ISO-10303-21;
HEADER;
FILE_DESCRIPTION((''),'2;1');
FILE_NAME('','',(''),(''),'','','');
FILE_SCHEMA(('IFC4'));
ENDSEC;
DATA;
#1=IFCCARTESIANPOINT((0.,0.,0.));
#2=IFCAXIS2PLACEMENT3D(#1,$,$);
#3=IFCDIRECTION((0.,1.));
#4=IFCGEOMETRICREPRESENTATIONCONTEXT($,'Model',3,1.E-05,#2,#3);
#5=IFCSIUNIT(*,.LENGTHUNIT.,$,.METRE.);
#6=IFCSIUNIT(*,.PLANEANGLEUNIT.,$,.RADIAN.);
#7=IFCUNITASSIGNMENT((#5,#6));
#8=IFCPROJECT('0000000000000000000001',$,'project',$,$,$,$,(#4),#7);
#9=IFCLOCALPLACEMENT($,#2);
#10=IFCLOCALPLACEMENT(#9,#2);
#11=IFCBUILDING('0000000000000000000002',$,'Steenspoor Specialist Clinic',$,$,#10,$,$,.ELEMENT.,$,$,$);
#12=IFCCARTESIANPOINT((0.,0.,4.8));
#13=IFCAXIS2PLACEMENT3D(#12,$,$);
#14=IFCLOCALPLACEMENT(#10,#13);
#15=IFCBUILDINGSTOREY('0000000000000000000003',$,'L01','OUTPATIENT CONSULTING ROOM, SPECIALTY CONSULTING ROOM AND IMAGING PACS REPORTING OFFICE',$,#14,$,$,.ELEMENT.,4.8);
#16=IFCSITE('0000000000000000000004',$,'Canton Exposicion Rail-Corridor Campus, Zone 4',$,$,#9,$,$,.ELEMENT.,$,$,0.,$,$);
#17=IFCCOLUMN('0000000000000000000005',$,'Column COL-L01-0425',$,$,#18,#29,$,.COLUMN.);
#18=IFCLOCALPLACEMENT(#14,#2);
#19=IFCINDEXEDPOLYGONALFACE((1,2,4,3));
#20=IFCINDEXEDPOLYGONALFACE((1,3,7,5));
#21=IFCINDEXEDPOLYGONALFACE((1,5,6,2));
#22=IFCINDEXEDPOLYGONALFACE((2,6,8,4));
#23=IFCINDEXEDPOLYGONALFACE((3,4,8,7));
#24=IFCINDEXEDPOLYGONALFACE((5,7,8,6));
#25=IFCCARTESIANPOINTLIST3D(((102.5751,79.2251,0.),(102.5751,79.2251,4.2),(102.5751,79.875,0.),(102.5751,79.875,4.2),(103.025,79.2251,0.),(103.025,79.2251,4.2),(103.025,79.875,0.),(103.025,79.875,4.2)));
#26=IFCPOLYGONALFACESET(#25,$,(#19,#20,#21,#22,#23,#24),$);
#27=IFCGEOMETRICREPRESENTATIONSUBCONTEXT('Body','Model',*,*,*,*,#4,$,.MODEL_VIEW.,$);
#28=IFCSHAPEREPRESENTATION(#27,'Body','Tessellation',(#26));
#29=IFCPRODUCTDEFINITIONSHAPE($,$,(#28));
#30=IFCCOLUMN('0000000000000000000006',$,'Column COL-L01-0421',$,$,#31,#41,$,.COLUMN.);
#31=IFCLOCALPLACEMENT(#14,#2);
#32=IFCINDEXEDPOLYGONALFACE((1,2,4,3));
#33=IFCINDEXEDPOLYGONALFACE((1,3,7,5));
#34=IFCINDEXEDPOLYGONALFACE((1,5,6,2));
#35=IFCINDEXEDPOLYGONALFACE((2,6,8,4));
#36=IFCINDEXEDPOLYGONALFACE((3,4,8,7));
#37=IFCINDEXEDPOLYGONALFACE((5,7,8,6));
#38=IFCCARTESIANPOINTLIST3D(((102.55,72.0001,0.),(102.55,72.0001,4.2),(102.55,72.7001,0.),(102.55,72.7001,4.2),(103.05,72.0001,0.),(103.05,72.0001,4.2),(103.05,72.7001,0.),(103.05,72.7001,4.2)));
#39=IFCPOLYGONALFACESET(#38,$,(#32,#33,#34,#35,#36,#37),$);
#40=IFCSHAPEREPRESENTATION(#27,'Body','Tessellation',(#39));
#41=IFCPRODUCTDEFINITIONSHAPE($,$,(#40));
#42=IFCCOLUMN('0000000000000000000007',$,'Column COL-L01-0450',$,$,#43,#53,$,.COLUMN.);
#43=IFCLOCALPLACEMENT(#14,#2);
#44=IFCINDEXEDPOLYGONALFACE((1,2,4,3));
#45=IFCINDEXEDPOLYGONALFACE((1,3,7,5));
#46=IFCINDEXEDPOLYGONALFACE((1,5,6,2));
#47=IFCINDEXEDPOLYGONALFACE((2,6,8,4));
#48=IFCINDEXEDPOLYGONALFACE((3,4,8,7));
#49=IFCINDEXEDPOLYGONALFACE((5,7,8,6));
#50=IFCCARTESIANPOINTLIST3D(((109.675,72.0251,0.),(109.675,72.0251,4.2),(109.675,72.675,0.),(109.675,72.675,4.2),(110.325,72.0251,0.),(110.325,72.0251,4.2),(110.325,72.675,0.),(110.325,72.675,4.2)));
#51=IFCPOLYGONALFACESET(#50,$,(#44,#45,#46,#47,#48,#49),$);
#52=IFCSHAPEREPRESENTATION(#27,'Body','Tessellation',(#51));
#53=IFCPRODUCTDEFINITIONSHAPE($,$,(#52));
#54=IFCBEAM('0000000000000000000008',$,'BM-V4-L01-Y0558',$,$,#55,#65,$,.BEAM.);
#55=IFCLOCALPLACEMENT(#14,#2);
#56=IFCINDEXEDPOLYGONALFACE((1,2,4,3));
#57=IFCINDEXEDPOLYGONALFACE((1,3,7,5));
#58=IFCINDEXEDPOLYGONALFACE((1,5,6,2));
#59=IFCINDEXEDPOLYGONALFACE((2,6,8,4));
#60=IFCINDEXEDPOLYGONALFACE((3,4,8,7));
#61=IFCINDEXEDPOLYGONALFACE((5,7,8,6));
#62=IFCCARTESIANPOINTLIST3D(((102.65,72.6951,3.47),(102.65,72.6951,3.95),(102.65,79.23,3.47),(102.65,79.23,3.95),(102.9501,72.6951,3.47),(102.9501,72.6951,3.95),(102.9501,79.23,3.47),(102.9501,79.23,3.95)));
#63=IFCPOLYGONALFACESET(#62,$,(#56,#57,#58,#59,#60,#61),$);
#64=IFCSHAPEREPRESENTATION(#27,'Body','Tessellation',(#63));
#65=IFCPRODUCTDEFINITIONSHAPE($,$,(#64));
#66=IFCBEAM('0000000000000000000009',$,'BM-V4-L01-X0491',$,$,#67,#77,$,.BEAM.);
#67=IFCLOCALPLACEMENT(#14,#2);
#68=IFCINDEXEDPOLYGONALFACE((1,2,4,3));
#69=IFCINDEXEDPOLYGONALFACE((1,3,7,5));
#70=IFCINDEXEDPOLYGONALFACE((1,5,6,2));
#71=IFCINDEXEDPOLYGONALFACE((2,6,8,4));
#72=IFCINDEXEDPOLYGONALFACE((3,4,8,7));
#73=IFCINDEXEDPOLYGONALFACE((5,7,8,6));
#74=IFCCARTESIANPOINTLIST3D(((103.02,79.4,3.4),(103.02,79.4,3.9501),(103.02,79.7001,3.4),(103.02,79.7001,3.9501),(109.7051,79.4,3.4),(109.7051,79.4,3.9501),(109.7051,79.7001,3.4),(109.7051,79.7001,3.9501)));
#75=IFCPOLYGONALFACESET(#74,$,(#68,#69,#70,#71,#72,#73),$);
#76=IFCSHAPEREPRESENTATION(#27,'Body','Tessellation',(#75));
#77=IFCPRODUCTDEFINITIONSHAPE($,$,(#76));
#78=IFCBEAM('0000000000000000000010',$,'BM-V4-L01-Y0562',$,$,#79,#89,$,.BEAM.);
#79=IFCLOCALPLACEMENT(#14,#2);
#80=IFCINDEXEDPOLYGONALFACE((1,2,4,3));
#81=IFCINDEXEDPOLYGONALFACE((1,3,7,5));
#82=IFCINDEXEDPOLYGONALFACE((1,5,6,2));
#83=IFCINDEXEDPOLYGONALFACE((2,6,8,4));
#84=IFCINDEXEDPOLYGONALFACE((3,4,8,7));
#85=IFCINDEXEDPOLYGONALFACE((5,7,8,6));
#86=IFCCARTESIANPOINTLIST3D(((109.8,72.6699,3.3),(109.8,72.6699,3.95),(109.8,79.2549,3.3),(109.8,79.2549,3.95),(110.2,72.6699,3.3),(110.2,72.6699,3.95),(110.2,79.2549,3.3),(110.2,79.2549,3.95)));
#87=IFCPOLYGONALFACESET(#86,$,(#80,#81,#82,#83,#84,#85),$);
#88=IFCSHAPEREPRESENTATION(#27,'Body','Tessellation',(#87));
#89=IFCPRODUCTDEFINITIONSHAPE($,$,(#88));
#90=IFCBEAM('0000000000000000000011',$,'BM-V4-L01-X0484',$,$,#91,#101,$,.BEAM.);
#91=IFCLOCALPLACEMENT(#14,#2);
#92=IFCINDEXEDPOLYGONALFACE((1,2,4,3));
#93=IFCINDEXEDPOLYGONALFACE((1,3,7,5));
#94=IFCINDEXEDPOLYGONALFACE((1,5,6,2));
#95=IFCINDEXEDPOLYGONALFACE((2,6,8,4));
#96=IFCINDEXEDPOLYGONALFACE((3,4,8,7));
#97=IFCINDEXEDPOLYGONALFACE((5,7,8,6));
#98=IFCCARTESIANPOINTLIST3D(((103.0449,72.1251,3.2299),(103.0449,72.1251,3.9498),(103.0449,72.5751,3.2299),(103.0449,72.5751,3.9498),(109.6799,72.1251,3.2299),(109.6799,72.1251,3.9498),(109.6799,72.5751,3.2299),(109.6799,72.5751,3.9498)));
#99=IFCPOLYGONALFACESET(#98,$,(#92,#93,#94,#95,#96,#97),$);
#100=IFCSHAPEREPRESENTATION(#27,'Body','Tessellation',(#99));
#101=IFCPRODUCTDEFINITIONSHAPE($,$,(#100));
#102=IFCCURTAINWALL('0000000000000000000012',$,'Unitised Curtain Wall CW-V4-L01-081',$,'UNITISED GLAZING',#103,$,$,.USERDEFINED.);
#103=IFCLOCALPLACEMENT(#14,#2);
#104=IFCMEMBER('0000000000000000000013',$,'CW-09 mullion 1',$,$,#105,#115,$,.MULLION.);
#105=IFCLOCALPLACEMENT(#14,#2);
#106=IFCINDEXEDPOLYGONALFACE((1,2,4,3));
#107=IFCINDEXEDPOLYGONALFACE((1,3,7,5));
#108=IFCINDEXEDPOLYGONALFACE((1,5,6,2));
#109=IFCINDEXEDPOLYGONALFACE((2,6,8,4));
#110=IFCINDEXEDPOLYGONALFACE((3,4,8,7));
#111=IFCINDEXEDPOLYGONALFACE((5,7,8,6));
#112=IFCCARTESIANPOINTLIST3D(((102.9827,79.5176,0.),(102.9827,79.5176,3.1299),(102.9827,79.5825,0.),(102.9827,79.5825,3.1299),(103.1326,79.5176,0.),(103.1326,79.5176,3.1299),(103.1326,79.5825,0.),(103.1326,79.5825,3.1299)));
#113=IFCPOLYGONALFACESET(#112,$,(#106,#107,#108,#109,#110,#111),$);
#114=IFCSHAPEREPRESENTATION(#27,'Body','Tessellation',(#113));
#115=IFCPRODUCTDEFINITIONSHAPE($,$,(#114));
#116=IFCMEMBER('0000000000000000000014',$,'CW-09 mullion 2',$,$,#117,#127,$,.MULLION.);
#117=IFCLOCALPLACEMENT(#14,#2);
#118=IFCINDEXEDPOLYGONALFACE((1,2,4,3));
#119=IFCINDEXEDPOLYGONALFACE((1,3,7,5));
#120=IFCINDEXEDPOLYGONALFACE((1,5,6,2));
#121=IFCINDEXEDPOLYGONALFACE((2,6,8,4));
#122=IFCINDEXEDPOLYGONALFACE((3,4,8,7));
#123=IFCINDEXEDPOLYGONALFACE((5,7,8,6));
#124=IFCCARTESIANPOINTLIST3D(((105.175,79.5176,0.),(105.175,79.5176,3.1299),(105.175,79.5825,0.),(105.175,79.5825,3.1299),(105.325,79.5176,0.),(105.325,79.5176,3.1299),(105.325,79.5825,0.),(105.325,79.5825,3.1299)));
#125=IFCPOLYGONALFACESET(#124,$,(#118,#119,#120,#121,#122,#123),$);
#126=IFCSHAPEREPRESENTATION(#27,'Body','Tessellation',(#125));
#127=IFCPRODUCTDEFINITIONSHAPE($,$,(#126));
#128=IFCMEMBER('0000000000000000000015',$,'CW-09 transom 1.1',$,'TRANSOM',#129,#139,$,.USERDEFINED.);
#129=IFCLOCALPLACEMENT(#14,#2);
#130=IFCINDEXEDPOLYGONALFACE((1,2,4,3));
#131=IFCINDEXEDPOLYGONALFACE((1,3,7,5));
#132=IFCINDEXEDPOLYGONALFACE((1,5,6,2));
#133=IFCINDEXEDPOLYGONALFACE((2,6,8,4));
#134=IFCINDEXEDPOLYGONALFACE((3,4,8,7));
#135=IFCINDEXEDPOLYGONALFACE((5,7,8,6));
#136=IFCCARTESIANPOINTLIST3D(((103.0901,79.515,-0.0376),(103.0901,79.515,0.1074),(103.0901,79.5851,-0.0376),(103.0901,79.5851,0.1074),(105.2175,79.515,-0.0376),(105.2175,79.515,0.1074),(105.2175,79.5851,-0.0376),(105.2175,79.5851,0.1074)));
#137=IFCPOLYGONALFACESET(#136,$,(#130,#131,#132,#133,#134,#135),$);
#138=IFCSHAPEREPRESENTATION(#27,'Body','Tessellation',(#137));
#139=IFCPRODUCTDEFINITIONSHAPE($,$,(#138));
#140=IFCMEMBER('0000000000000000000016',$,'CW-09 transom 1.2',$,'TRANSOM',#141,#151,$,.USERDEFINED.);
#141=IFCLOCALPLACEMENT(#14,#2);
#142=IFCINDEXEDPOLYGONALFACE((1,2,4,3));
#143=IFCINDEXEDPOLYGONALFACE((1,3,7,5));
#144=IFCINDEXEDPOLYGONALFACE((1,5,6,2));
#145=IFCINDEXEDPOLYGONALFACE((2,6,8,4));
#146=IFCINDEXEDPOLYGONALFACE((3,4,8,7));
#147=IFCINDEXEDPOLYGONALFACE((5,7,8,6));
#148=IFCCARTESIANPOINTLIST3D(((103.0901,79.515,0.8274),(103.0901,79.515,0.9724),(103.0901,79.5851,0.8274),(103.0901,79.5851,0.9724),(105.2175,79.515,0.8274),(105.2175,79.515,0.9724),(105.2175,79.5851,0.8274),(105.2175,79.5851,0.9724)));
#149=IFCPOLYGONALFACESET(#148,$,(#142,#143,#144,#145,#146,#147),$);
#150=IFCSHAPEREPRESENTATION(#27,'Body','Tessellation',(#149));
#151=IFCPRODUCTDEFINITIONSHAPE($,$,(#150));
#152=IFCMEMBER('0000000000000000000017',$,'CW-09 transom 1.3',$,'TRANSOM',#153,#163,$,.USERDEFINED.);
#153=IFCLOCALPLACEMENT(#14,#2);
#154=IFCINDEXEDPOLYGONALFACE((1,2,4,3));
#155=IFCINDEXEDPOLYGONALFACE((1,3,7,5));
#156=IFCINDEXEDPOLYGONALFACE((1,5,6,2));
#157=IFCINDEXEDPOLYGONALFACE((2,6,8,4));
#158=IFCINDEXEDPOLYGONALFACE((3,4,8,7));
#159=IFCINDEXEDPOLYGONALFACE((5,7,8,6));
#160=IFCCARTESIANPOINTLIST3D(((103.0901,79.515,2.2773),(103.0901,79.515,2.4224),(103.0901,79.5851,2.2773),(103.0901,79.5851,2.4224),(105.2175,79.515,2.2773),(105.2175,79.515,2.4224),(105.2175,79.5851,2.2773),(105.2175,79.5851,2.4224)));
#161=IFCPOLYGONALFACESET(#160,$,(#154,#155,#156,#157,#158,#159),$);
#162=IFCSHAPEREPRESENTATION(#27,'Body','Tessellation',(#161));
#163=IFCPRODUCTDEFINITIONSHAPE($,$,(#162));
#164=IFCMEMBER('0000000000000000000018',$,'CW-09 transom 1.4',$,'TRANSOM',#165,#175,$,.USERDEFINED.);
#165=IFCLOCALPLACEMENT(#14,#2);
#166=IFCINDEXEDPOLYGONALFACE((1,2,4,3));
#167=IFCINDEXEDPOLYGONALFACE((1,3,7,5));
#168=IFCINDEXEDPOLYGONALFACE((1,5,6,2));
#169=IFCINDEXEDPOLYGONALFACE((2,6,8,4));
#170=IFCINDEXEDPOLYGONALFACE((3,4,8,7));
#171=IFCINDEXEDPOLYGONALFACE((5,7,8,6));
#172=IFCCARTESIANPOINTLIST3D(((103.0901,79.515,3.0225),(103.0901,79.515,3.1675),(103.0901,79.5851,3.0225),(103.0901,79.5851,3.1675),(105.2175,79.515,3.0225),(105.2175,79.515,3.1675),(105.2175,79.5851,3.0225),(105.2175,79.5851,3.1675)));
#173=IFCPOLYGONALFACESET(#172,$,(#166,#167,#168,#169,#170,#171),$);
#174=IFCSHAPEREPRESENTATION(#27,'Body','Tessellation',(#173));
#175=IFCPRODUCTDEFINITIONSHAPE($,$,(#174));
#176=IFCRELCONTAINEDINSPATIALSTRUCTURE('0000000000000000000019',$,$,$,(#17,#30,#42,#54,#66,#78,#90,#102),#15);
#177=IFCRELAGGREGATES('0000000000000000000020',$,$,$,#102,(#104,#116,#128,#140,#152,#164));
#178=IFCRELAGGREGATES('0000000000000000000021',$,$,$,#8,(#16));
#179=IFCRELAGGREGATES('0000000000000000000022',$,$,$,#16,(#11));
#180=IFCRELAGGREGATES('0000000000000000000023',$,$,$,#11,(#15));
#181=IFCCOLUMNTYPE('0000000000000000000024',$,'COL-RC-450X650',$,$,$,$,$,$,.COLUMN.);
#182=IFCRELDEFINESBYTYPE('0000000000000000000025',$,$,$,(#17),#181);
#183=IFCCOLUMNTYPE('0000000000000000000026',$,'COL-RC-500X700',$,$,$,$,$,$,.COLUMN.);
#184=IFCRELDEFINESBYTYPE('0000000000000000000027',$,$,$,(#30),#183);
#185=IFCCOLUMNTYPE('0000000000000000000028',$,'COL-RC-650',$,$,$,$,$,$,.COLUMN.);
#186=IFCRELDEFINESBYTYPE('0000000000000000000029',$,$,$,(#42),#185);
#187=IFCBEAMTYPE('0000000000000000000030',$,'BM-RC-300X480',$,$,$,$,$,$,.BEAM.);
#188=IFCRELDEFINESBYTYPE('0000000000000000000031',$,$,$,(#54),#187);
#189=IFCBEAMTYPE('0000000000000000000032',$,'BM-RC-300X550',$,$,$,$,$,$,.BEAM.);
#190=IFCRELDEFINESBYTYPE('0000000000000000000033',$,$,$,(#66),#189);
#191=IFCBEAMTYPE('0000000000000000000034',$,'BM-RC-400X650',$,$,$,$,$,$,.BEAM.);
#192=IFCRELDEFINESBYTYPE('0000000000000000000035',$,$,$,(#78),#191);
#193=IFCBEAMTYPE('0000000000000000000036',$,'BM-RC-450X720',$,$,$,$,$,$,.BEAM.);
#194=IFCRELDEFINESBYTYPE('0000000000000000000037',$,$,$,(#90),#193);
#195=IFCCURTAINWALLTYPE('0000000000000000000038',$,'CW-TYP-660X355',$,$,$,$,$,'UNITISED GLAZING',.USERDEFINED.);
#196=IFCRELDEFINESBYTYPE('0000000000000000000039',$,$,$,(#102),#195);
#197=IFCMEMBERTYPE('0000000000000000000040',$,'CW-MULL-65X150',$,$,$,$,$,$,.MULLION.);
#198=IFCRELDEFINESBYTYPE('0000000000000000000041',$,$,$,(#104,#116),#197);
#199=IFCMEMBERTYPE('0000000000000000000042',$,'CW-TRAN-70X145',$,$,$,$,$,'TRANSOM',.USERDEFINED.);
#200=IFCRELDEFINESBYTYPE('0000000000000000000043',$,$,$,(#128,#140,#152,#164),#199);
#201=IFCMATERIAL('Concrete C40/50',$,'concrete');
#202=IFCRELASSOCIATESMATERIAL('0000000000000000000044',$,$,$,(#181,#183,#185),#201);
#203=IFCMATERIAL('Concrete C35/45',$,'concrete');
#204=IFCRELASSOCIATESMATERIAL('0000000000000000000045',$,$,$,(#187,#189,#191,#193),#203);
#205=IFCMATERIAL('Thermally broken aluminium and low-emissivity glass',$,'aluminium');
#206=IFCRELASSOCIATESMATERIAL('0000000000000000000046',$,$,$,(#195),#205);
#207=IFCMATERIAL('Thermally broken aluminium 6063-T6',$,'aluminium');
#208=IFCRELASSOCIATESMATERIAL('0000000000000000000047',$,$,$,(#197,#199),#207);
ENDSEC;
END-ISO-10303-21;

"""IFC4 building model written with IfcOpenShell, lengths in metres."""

from ifc_helpers import new_model, si_unit, direction, frame, origin, origin_2d, place, context, subcontext, project, spatial, rectangle, extrude, material, material_profile, profile_set, type_object, element, aggregate, save


model = new_model("IFC4")

# Units and contexts
model_context = context("Model", 3, precision=1e-05, world=origin(), true_north=direction((0.0, 1.0)))
body_context = subcontext(model_context, "Body", "Model", "MODEL_VIEW")
ifc_project = project(units=[si_unit("LENGTHUNIT", "METRE"), si_unit("PLANEANGLEUNIT", "RADIAN")], contexts=[model_context])

# Site, building, storey
site_placement = place(None, origin())
site = spatial("IfcSite", under=ifc_project, at=site_placement, Name="Canton Exposicion Rail-Corridor Campus, Zone 4", CompositionType="ELEMENT", RefElevation=0.0)
building_placement = place(site_placement, origin())
building = spatial("IfcBuilding", under=site, at=building_placement, Name="Steenspoor Specialist Clinic", CompositionType="ELEMENT")
storey_placement = place(building_placement, frame((0.0, 0.0, 4.8)))
storey = spatial("IfcBuildingStorey", under=building, at=storey_placement, Name="L01", Description="OUTPATIENT CONSULTING ROOM, SPECIALTY CONSULTING ROOM AND IMAGING PACS REPORTING OFFICE", CompositionType="ELEMENT", Elevation=4.8)

# Columns
ifc_material_1 = material(Name="Concrete C40/50", Category="concrete")
ifc_material_profile_1 = material_profile(ifc_material_1, rectangle(XDim=0.45, YDim=0.6499, at=origin_2d()), Name="RC-COL-450X650")
ifc_profile_set_1 = profile_set([ifc_material_profile_1], Name="Concrete C40/50")
column_type_1 = type_object("IfcColumnType", Name="COL-RC-450X650", PredefinedType="COLUMN", material=ifc_profile_set_1)
column_1_placement = place(storey_placement, frame((102.8, 79.55, 0.0), z_axis=(0.0, 0.0, 1.0), x_axis=(1.0, 0.0, 0.0)))
element("IfcColumn", 1, at=column_1_placement, inside=storey, type_object=column_type_1, Name="Column COL-L01-0425", PredefinedType="COLUMN", context=body_context, shape_type="SweptSolid", body=[
    extrude(rectangle(XDim=0.45, YDim=0.6499, at=origin_2d()), origin(), (0.0, 0.0, 1.0), 4.2),
])
ifc_material_profile_2 = material_profile(ifc_material_1, rectangle(XDim=0.5, YDim=0.7, at=origin_2d()), Name="RC-COL-500X700")
ifc_profile_set_2 = profile_set([ifc_material_profile_2], Name="Concrete C40/50")
column_type_2 = type_object("IfcColumnType", Name="COL-RC-500X700", PredefinedType="COLUMN", material=ifc_profile_set_2)
column_2_placement = place(storey_placement, frame((102.8, 72.3501, 0.0), z_axis=(0.0, 0.0, 1.0), x_axis=(1.0, 0.0, 0.0)))
element("IfcColumn", 2, at=column_2_placement, inside=storey, type_object=column_type_2, Name="Column COL-L01-0421", PredefinedType="COLUMN", context=body_context, shape_type="SweptSolid", body=[
    extrude(rectangle(XDim=0.5, YDim=0.7, at=origin_2d()), origin(), (0.0, 0.0, 1.0), 4.2),
])
ifc_material_profile_3 = material_profile(ifc_material_1, rectangle(XDim=0.6499, YDim=0.6499, at=origin_2d()), Name="RC-COL-650X650")
ifc_profile_set_3 = profile_set([ifc_material_profile_3], Name="Concrete C40/50")
column_type_3 = type_object("IfcColumnType", Name="COL-RC-650", PredefinedType="COLUMN", material=ifc_profile_set_3)
column_3_placement = place(storey_placement, frame((110.0, 72.3501, 0.0), z_axis=(0.0, 0.0, 1.0), x_axis=(1.0, 0.0, 0.0)))
element("IfcColumn", 3, at=column_3_placement, inside=storey, type_object=column_type_3, Name="Column COL-L01-0450", PredefinedType="COLUMN", context=body_context, shape_type="SweptSolid", body=[
    extrude(rectangle(XDim=0.6499, YDim=0.6499, at=origin_2d()), origin(), (0.0, 0.0, 1.0), 4.2),
])

# Beams
ifc_material_2 = material(Name="Concrete C35/45", Category="concrete")
ifc_material_profile_4 = material_profile(ifc_material_2, rectangle(XDim=0.3, YDim=0.48, at=origin_2d()), Name="RC-BM-300X480")
ifc_profile_set_4 = profile_set([ifc_material_profile_4], Name="Concrete C35/45")
beam_type_1 = type_object("IfcBeamType", Name="BM-RC-300X480", PredefinedType="BEAM", material=ifc_profile_set_4)
beam_1_placement = place(storey_placement, frame((102.8, 72.6951, 3.71), z_axis=(0.0, 1.0, 0.0), x_axis=(-1.0, 0.0, 0.0)))
element("IfcBeam", 4, at=beam_1_placement, inside=storey, type_object=beam_type_1, Name="BM-V4-L01-Y0558", PredefinedType="BEAM", context=body_context, shape_type="SweptSolid", body=[
    extrude(rectangle(XDim=0.3, YDim=0.48, at=origin_2d()), origin(), (0.0, 0.0, 1.0), 6.5349),
])
ifc_material_profile_5 = material_profile(ifc_material_2, rectangle(XDim=0.3, YDim=0.55, at=origin_2d()), Name="RC-BM-300X550")
ifc_profile_set_5 = profile_set([ifc_material_profile_5], Name="Concrete C35/45")
beam_type_2 = type_object("IfcBeamType", Name="BM-RC-300X550", PredefinedType="BEAM", material=ifc_profile_set_5)
beam_2_placement = place(storey_placement, frame((103.02, 79.55, 3.675), z_axis=(1.0, 0.0, 0.0), x_axis=(0.0, 1.0, 0.0)))
element("IfcBeam", 5, at=beam_2_placement, inside=storey, type_object=beam_type_2, Name="BM-V4-L01-X0491", PredefinedType="BEAM", context=body_context, shape_type="SweptSolid", body=[
    extrude(rectangle(XDim=0.3, YDim=0.55, at=origin_2d()), origin(), (0.0, 0.0, 1.0), 6.6851),
])
ifc_material_profile_6 = material_profile(ifc_material_2, rectangle(XDim=0.3999, YDim=0.6499, at=origin_2d()), Name="RC-BM-400X650")
ifc_profile_set_6 = profile_set([ifc_material_profile_6], Name="Concrete C35/45")
beam_type_3 = type_object("IfcBeamType", Name="BM-RC-400X650", PredefinedType="BEAM", material=ifc_profile_set_6)
beam_3_placement = place(storey_placement, frame((110.0, 72.6699, 3.625), z_axis=(0.0, 1.0, 0.0), x_axis=(-1.0, 0.0, 0.0)))
element("IfcBeam", 6, at=beam_3_placement, inside=storey, type_object=beam_type_3, Name="BM-V4-L01-Y0562", PredefinedType="BEAM", context=body_context, shape_type="SweptSolid", body=[
    extrude(rectangle(XDim=0.3999, YDim=0.6499, at=origin_2d()), origin(), (0.0, 0.0, 1.0), 6.585),
])
ifc_material_profile_7 = material_profile(ifc_material_2, rectangle(XDim=0.45, YDim=0.72, at=origin_2d()), Name="RC-BM-450X720")
ifc_profile_set_7 = profile_set([ifc_material_profile_7], Name="Concrete C35/45")
beam_type_4 = type_object("IfcBeamType", Name="BM-RC-450X720", PredefinedType="BEAM", material=ifc_profile_set_7)
beam_4_placement = place(storey_placement, frame((103.0449, 72.3501, 3.5898), z_axis=(1.0, 0.0, 0.0), x_axis=(0.0, 1.0, 0.0)))
element("IfcBeam", 7, at=beam_4_placement, inside=storey, type_object=beam_type_4, Name="BM-V4-L01-X0484", PredefinedType="BEAM", context=body_context, shape_type="SweptSolid", body=[
    extrude(rectangle(XDim=0.45, YDim=0.72, at=origin_2d()), origin(), (0.0, 0.0, 1.0), 6.635),
])

# Curtain wall, members
ifc_material_3 = material(Name="Thermally broken aluminium and low-emissivity glass", Category="aluminium")
curtain_wall_type = type_object("IfcCurtainWallType", Name="CW-TYP-660X355", ElementType="UNITISED GLAZING", PredefinedType="USERDEFINED", material=ifc_material_3)
curtain_wall_placement = place(storey_placement, origin())
curtain_wall = element("IfcCurtainWall", 8, at=curtain_wall_placement, inside=storey, type_object=curtain_wall_type, Name="Unitised Curtain Wall CW-V4-L01-081", ObjectType="UNITISED GLAZING", PredefinedType="USERDEFINED")
ifc_material_4 = material(Name="Thermally broken aluminium 6063-T6", Category="aluminium")
ifc_material_profile_8 = material_profile(ifc_material_4, rectangle(XDim=0.0649, YDim=0.1499, at=origin_2d()), Name="CWM-65X150")
ifc_profile_set_8 = profile_set([ifc_material_profile_8], Name="Thermally broken aluminium 6063-T6")
member_type_1 = type_object("IfcMemberType", Name="CW-MULL-65X150", PredefinedType="MULLION", material=ifc_profile_set_8)
member_1_placement = place(storey_placement, frame((103.0576, 79.55, 0.0), z_axis=(0.0, 0.0, 1.0), x_axis=(0.0, 1.0, 0.0)))
member_1 = element("IfcMember", 9, at=member_1_placement, type_object=member_type_1, Name="CW-09 mullion 1", PredefinedType="MULLION", context=body_context, shape_type="SweptSolid", body=[
    extrude(rectangle(XDim=0.0649, YDim=0.1499, at=origin_2d()), origin(), (0.0, 0.0, 1.0), 3.1299),
])
member_2_placement = place(storey_placement, frame((105.25, 79.55, 0.0), z_axis=(0.0, 0.0, 1.0), x_axis=(0.0, 1.0, 0.0)))
member_2 = element("IfcMember", 10, at=member_2_placement, type_object=member_type_1, Name="CW-09 mullion 2", PredefinedType="MULLION", context=body_context, shape_type="SweptSolid", body=[
    extrude(rectangle(XDim=0.0649, YDim=0.1499, at=origin_2d()), origin(), (0.0, 0.0, 1.0), 3.1299),
])
ifc_material_profile_9 = material_profile(ifc_material_4, rectangle(XDim=0.0701, YDim=0.145, at=origin_2d()), Name="CWT-70X145")
ifc_profile_set_9 = profile_set([ifc_material_profile_9], Name="Thermally broken aluminium 6063-T6")
member_type_2 = type_object("IfcMemberType", Name="CW-TRAN-70X145", ElementType="TRANSOM", PredefinedType="USERDEFINED", material=ifc_profile_set_9)
member_3_placement = place(storey_placement, frame((103.0901, 79.55, 0.0349), z_axis=(1.0, 0.0, 0.0), x_axis=(0.0, 1.0, 0.0)))
member_3 = element("IfcMember", 11, at=member_3_placement, type_object=member_type_2, Name="CW-09 transom 1.1", ObjectType="TRANSOM", PredefinedType="USERDEFINED", context=body_context, shape_type="SweptSolid", body=[
    extrude(rectangle(XDim=0.0701, YDim=0.145, at=origin_2d()), origin(), (0.0, 0.0, 1.0), 2.1274),
])
member_4_placement = place(storey_placement, frame((103.0901, 79.55, 0.8999), z_axis=(1.0, 0.0, 0.0), x_axis=(0.0, 1.0, 0.0)))
member_4 = element("IfcMember", 12, at=member_4_placement, type_object=member_type_2, Name="CW-09 transom 1.2", ObjectType="TRANSOM", PredefinedType="USERDEFINED", context=body_context, shape_type="SweptSolid", body=[
    extrude(rectangle(XDim=0.0701, YDim=0.145, at=origin_2d()), origin(), (0.0, 0.0, 1.0), 2.1274),
])
member_5_placement = place(storey_placement, frame((103.0901, 79.55, 2.3499), z_axis=(1.0, 0.0, 0.0), x_axis=(0.0, 1.0, 0.0)))
member_5 = element("IfcMember", 13, at=member_5_placement, type_object=member_type_2, Name="CW-09 transom 1.3", ObjectType="TRANSOM", PredefinedType="USERDEFINED", context=body_context, shape_type="SweptSolid", body=[
    extrude(rectangle(XDim=0.0701, YDim=0.145, at=origin_2d()), origin(), (0.0, 0.0, 1.0), 2.1274),
])
member_6_placement = place(storey_placement, frame((103.0901, 79.55, 3.095), z_axis=(1.0, 0.0, 0.0), x_axis=(0.0, 1.0, 0.0)))
member_6 = element("IfcMember", 14, at=member_6_placement, type_object=member_type_2, Name="CW-09 transom 1.4", ObjectType="TRANSOM", PredefinedType="USERDEFINED", context=body_context, shape_type="SweptSolid", body=[
    extrude(rectangle(XDim=0.0701, YDim=0.145, at=origin_2d()), origin(), (0.0, 0.0, 1.0), 2.1274),
])

aggregate(curtain_wall, [member_1, member_2, member_3, member_4, member_5, member_6])

save(model, "model.ifc")
